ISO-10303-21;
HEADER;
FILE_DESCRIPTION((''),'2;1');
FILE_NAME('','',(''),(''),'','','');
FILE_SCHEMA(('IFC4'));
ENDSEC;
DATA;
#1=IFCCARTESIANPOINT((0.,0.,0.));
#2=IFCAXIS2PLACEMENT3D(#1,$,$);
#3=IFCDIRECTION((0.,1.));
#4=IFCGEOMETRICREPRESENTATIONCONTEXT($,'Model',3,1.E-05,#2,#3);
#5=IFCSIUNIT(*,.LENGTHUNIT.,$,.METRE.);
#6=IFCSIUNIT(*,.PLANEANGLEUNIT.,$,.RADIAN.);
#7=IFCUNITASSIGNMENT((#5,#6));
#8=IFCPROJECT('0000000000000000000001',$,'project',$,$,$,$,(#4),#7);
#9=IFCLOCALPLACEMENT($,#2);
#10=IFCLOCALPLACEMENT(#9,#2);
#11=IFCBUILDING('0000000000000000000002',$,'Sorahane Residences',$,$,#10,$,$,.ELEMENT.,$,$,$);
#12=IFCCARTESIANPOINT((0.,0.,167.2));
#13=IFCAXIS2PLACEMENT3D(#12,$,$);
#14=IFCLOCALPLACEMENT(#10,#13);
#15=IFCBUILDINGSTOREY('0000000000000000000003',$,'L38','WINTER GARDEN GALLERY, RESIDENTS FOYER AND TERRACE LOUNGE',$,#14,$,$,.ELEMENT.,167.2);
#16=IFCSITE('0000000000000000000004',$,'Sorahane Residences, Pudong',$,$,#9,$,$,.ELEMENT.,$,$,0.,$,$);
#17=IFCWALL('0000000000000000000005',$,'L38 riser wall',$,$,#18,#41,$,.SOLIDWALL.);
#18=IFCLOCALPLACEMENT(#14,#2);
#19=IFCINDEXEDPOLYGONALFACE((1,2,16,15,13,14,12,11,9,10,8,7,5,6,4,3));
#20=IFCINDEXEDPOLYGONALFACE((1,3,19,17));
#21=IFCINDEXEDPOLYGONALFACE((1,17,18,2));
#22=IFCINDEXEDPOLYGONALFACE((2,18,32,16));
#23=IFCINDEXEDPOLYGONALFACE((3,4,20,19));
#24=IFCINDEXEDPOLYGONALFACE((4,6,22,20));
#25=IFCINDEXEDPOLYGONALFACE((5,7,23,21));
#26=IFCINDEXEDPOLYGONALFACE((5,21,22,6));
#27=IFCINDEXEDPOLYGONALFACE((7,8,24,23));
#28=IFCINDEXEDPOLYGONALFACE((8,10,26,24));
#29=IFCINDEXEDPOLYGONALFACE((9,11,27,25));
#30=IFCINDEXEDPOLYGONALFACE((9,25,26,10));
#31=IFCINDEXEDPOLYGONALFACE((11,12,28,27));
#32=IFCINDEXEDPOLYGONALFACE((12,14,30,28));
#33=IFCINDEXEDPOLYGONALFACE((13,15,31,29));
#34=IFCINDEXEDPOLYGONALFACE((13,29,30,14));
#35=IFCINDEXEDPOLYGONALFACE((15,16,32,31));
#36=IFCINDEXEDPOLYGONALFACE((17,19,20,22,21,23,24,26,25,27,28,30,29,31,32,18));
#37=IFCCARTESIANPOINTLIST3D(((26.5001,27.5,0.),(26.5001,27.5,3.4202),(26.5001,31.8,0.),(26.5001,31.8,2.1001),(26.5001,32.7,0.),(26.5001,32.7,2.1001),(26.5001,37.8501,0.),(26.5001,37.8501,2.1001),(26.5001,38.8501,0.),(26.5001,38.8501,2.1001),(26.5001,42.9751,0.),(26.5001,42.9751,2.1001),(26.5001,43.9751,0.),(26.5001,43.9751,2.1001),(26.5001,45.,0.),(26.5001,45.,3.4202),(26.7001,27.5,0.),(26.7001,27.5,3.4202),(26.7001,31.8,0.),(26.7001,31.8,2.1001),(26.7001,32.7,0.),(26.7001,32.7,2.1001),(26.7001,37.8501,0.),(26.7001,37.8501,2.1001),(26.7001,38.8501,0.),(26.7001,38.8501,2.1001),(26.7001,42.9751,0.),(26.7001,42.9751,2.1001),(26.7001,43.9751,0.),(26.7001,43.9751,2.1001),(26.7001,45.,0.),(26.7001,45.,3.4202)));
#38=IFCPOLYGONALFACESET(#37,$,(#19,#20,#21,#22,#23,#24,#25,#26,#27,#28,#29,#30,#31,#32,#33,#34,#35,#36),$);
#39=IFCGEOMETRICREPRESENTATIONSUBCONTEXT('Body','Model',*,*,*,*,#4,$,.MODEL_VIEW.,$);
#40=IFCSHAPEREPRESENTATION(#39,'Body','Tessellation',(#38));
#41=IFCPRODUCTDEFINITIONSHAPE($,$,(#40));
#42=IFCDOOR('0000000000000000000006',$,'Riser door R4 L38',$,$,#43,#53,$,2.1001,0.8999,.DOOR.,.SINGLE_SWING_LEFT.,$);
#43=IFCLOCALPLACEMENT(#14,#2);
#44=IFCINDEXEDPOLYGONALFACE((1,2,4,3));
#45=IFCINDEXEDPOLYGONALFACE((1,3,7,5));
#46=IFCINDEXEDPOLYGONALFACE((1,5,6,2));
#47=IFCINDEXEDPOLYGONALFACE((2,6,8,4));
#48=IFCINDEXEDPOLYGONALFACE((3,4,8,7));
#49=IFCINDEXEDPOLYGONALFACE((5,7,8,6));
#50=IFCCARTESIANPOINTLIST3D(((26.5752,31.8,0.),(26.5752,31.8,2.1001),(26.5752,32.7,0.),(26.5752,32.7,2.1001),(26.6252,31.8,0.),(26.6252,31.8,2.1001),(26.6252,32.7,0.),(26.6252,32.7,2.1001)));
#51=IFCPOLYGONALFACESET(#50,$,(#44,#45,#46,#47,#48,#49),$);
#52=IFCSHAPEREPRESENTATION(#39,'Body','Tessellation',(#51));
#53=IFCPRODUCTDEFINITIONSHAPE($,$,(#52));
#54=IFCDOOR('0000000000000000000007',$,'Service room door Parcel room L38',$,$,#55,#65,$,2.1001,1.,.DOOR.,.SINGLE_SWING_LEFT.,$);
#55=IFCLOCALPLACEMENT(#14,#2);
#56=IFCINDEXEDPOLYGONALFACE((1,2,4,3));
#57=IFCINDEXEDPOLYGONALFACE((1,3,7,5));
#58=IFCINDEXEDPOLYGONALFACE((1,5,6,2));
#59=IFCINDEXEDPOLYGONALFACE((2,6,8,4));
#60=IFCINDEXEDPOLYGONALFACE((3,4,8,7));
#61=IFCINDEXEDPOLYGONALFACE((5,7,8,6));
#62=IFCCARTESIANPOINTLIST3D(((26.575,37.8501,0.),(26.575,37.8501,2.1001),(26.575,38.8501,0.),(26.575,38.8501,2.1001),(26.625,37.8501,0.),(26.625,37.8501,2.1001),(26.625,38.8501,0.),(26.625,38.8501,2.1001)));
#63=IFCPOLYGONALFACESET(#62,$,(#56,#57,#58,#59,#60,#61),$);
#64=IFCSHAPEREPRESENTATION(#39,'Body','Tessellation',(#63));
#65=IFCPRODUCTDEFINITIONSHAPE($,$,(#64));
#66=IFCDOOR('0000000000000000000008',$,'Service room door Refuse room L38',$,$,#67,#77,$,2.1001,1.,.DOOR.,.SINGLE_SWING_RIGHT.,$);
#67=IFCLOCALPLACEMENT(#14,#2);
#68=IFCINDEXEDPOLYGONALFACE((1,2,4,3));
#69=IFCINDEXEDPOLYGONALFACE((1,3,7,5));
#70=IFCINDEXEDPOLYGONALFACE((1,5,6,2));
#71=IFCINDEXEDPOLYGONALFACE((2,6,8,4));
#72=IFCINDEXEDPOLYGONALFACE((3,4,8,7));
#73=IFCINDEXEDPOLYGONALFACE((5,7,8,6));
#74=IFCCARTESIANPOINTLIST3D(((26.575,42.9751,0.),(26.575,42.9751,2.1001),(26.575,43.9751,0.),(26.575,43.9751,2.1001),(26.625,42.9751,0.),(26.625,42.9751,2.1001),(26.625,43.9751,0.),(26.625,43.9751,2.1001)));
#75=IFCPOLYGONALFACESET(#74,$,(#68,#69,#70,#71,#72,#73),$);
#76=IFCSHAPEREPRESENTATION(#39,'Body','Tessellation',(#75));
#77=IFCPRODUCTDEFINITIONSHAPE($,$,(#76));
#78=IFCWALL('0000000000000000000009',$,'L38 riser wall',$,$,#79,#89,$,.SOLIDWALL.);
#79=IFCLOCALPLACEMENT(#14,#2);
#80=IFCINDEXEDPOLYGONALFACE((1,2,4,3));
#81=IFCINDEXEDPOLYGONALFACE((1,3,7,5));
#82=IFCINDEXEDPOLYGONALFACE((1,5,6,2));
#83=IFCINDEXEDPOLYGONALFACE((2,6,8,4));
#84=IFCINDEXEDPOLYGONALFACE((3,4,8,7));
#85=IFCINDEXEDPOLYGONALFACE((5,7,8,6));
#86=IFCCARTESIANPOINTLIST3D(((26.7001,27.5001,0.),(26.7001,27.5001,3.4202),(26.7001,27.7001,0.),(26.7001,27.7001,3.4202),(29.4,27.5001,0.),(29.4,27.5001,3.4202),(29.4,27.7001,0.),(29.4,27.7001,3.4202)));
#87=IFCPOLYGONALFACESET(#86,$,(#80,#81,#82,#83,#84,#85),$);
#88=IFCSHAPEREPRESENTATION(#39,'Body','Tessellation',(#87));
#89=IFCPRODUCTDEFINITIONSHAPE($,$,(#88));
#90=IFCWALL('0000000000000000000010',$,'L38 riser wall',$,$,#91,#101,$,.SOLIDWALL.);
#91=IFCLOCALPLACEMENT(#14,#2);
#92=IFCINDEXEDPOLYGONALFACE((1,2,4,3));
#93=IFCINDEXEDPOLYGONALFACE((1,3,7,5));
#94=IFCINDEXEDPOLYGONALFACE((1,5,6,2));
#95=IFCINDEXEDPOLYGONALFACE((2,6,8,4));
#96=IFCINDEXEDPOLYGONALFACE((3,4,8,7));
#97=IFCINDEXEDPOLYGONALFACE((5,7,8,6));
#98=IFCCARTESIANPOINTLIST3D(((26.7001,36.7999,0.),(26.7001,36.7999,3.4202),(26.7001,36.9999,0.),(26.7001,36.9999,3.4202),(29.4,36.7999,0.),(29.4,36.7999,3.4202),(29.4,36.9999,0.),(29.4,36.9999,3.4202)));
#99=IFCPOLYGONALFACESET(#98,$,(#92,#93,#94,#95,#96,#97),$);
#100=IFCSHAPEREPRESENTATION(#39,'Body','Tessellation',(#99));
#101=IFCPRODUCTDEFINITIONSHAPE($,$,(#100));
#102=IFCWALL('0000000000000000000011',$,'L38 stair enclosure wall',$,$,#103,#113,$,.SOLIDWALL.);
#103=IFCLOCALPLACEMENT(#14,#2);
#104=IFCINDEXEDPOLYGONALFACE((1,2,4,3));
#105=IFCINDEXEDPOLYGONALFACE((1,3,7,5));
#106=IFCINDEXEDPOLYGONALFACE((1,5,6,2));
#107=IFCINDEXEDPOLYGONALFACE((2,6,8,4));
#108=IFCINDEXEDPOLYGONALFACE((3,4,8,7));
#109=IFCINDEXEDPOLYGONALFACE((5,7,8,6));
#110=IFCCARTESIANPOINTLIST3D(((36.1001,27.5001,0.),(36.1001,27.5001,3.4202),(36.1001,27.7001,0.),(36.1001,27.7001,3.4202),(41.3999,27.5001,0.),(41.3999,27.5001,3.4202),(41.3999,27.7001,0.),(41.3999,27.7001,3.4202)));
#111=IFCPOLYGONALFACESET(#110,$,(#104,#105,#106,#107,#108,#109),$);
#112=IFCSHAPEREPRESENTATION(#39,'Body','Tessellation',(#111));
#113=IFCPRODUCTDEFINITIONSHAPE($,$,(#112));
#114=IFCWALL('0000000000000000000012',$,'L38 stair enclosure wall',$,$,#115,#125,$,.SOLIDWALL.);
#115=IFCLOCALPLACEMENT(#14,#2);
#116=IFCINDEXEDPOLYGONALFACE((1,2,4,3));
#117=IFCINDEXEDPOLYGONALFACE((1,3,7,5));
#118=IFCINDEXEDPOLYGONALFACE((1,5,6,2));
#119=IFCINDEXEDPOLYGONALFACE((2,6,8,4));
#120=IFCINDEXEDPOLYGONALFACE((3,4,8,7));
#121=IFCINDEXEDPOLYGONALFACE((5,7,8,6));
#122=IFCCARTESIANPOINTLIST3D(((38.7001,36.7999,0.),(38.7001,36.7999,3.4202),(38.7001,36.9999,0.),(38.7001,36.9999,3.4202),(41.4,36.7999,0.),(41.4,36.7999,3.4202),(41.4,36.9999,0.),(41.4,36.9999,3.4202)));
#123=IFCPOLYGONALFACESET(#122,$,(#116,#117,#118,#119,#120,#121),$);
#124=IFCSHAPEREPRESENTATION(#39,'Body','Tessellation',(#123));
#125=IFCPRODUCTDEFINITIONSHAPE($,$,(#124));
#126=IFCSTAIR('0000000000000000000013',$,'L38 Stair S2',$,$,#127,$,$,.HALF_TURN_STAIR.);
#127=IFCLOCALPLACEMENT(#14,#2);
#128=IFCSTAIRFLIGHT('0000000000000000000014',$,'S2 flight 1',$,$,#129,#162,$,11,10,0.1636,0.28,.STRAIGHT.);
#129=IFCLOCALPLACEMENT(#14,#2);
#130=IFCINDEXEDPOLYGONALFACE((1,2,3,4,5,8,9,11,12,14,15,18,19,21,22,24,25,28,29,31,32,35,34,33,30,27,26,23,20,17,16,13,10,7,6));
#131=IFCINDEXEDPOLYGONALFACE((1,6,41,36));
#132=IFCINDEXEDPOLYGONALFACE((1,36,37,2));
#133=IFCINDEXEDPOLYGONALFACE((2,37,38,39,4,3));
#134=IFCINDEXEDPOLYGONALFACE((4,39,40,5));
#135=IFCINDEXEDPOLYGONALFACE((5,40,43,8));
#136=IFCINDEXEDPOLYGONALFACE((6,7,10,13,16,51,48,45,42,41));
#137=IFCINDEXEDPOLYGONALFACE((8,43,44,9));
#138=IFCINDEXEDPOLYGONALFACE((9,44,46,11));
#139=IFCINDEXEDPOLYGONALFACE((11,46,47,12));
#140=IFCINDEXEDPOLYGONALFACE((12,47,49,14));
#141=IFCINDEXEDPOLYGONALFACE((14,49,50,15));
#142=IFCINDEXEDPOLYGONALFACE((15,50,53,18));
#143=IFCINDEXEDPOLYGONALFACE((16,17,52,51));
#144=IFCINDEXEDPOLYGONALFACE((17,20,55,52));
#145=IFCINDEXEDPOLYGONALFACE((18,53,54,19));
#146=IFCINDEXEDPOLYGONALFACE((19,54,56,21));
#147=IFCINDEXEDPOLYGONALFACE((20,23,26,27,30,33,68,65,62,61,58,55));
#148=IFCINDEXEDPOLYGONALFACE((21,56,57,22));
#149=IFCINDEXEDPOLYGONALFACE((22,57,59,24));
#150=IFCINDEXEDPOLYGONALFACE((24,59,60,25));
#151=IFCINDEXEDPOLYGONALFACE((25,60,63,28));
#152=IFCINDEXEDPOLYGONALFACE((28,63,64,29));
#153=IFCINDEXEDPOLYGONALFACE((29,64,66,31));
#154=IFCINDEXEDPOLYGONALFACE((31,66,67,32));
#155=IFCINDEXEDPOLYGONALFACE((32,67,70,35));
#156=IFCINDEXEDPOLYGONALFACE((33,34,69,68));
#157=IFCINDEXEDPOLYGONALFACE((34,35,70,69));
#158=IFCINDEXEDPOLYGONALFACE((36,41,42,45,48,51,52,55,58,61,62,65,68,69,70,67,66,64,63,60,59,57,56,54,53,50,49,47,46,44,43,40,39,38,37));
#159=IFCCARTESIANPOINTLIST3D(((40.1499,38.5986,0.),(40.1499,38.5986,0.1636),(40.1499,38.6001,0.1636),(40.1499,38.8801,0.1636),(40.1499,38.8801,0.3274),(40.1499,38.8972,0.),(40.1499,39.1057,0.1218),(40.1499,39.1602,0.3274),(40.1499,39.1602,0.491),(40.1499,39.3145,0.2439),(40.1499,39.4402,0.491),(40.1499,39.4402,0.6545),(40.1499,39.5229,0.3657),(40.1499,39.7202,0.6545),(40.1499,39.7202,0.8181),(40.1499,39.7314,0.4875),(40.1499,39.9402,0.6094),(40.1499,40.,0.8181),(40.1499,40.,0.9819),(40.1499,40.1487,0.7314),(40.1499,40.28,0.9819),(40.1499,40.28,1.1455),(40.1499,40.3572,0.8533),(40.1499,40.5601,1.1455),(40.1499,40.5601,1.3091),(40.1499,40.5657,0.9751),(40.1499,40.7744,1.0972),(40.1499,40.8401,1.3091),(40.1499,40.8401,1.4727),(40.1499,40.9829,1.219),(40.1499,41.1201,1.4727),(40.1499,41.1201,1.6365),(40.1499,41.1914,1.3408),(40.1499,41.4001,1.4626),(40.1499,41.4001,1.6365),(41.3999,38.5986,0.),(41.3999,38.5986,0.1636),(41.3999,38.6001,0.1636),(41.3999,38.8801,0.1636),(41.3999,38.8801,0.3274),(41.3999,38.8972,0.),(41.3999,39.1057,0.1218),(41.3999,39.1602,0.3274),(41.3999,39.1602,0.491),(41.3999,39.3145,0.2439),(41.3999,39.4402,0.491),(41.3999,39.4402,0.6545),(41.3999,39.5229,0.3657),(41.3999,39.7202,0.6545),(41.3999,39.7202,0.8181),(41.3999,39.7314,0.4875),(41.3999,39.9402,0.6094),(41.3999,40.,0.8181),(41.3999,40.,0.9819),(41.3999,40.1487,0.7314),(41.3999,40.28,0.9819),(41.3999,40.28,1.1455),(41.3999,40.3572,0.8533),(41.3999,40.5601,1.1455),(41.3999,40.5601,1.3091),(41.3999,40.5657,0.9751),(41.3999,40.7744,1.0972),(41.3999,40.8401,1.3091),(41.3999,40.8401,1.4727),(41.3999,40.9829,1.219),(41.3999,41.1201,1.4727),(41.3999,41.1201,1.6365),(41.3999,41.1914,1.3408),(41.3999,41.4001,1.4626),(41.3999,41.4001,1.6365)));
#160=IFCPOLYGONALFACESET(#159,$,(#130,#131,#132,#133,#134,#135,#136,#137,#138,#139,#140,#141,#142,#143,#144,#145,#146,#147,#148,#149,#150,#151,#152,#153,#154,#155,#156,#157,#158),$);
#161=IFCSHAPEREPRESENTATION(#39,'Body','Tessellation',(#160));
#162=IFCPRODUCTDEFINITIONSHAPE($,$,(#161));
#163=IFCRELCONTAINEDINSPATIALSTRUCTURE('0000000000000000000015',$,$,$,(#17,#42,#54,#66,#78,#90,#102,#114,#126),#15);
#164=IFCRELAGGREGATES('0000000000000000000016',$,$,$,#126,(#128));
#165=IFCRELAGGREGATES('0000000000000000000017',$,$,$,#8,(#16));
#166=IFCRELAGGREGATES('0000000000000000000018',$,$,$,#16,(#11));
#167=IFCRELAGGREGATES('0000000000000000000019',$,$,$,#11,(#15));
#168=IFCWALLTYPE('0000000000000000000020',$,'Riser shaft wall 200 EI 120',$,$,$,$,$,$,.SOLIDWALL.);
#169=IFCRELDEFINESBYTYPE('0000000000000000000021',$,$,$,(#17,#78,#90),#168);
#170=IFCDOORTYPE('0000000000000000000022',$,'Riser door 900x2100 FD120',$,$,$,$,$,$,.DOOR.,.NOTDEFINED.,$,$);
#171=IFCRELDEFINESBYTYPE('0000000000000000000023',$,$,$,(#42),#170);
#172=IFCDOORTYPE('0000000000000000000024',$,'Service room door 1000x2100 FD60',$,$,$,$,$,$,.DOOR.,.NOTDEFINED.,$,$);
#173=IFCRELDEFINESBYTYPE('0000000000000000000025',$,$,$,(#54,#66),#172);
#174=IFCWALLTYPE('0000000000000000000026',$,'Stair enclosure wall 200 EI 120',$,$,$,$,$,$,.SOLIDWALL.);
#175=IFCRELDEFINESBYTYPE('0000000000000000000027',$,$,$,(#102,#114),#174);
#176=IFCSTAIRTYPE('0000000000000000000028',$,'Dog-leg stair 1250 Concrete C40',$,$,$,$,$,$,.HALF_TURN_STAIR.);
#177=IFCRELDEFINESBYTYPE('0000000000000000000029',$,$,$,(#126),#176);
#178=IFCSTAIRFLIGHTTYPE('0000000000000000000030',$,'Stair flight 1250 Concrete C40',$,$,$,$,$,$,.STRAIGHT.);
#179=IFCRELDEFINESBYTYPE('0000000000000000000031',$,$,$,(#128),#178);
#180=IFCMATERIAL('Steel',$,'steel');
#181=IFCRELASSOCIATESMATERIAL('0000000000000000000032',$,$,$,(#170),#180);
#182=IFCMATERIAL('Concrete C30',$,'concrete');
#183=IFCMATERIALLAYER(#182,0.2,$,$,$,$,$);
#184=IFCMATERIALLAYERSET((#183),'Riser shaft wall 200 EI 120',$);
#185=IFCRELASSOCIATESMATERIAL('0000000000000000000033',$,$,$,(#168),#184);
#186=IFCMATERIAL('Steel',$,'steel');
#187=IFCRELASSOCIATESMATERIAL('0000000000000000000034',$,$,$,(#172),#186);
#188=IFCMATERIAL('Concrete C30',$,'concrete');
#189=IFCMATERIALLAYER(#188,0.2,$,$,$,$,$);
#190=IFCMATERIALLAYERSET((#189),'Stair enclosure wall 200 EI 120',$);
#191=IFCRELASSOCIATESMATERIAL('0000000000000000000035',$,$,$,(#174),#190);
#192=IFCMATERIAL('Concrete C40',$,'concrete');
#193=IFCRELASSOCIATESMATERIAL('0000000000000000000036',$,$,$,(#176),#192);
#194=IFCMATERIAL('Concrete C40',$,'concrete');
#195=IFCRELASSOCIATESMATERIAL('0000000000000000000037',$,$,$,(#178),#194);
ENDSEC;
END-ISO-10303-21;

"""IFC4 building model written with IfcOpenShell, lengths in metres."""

from ifc_helpers import new_model, si_unit, direction, frame, frame_2d, origin, place, context, subcontext, project, spatial, polyline, rectangle, outline, extrude, material, layer, layer_set, type_object, element, fill, aggregate, save


model = new_model("IFC4")

# Units and contexts
model_context = context("Model", 3, precision=1e-05, world=origin(), true_north=direction((0.0, 1.0)))
body_context = subcontext(model_context, "Body", "Model", "MODEL_VIEW")
ifc_project = project(units=[si_unit("LENGTHUNIT", "METRE"), si_unit("PLANEANGLEUNIT", "RADIAN")], contexts=[model_context])

# Site, building, storey
site_placement = place(None, origin())
site = spatial("IfcSite", under=ifc_project, at=site_placement, Name="Sorahane Residences, Pudong", CompositionType="ELEMENT", RefElevation=0.0)
building_placement = place(site_placement, origin())
building = spatial("IfcBuilding", under=site, at=building_placement, Name="Sorahane Residences", CompositionType="ELEMENT")
storey_placement = place(building_placement, frame((0.0, 0.0, 167.2)))
storey = spatial("IfcBuildingStorey", under=building, at=storey_placement, Name="L38", Description="WINTER GARDEN GALLERY, RESIDENTS FOYER AND TERRACE LOUNGE", CompositionType="ELEMENT", Elevation=167.2)

# Shared definitions
ifc_material_1 = material(Name="Steel", Category="steel")
door_type_1 = type_object("IfcDoorType", Name="Riser door 900x2100 FD120", OperationType="NOTDEFINED", PredefinedType="DOOR", material=ifc_material_1)

# Wall, openings, doors
ifc_material_2 = material(Name="Concrete C30", Category="concrete")
ifc_layer_1 = layer(ifc_material_2, 0.2)
ifc_layer_set_1 = layer_set([ifc_layer_1], Name="Riser shaft wall 200 EI 120")
wall_type_1 = type_object("IfcWallType", Name="Riser shaft wall 200 EI 120", PredefinedType="SOLIDWALL", material=ifc_layer_set_1)
wall_1_placement = place(storey_placement, frame((26.6001, 27.5, 0.0), z_axis=(0.0, 0.0, 1.0), x_axis=(0.0, 1.0, 0.0)))
wall_1 = element("IfcWall", 1, at=wall_1_placement, inside=storey, type_object=wall_type_1, Name="L38 riser wall", PredefinedType="SOLIDWALL", context=body_context, shape_type="SweptSolid", body=[
    extrude(rectangle(XDim=17.5, YDim=0.2, at=frame_2d((8.75, 0.0))), origin(), (0.0, 0.0, 1.0), 3.4202),
])
opening_1_placement = place(wall_1_placement, frame((4.3, 0.0, 0.0)))
opening_1 = element("IfcOpeningElement", 2, at=opening_1_placement, cuts=wall_1, PredefinedType="OPENING", context=body_context, shape_type="SweptSolid", body=[
    extrude(rectangle(XDim=0.8999, YDim=2.1001, at=frame_2d((0.45, 1.05))), frame((0.0, 0.1099, 0.0), z_axis=(0.0, -1.0, 0.0), x_axis=(1.0, 0.0, 0.0)), (0.0, 0.0, 1.0), 0.22),
])
opening_2_placement = place(wall_1_placement, frame((10.3501, 0.0, 0.0)))
opening_2 = element("IfcOpeningElement", 3, at=opening_2_placement, cuts=wall_1, PredefinedType="OPENING", context=body_context, shape_type="SweptSolid", body=[
    extrude(rectangle(XDim=1.0, YDim=2.1001, at=frame_2d((0.5, 1.05))), frame((0.0, 0.1099, 0.0), z_axis=(0.0, -1.0, 0.0), x_axis=(1.0, 0.0, 0.0)), (0.0, 0.0, 1.0), 0.22),
])
opening_3_placement = place(wall_1_placement, frame((15.4751, 0.0, 0.0)))
opening_3 = element("IfcOpeningElement", 4, at=opening_3_placement, cuts=wall_1, PredefinedType="OPENING", context=body_context, shape_type="SweptSolid", body=[
    extrude(rectangle(XDim=1.0, YDim=2.1001, at=frame_2d((0.5, 1.05))), frame((0.0, 0.1099, 0.0), z_axis=(0.0, -1.0, 0.0), x_axis=(1.0, 0.0, 0.0)), (0.0, 0.0, 1.0), 0.22),
])
door_1_placement = place(opening_1_placement, origin())
door_1 = element("IfcDoor", 5, at=door_1_placement, inside=storey, type_object=door_type_1, Name="Riser door R4 L38", OperationType="SINGLE_SWING_LEFT", OverallHeight=2.1001, OverallWidth=0.8999, PredefinedType="DOOR", context=body_context, shape_type="SweptSolid", body=[
    extrude(rectangle(XDim=0.8999, YDim=2.1001, at=frame_2d((0.45, 1.05))), frame((0.0, 0.0249, 0.0), z_axis=(0.0, -1.0, 0.0), x_axis=(1.0, 0.0, 0.0)), (0.0, 0.0, 1.0), 0.05),
])
fill(opening_1, door_1)
ifc_material_3 = material(Name="Steel", Category="steel")
door_type_2 = type_object("IfcDoorType", Name="Service room door 1000x2100 FD60", OperationType="NOTDEFINED", PredefinedType="DOOR", material=ifc_material_3)
door_2_placement = place(opening_2_placement, frame((1.0, 0.0, 0.0), z_axis=(0.0, 0.0, 1.0), x_axis=(-1.0, 0.0, 0.0)))
door_2 = element("IfcDoor", 6, at=door_2_placement, inside=storey, type_object=door_type_2, Name="Service room door Parcel room L38", OperationType="SINGLE_SWING_LEFT", OverallHeight=2.1001, OverallWidth=1.0, PredefinedType="DOOR", context=body_context, shape_type="SweptSolid", body=[
    extrude(rectangle(XDim=1.0, YDim=2.1001, at=frame_2d((0.5, 1.05))), frame((0.0, 0.0249, 0.0), z_axis=(0.0, -1.0, 0.0), x_axis=(1.0, 0.0, 0.0)), (0.0, 0.0, 1.0), 0.05),
])
fill(opening_2, door_2)
door_3_placement = place(opening_3_placement, frame((1.0, 0.0, 0.0), z_axis=(0.0, 0.0, 1.0), x_axis=(-1.0, 0.0, 0.0)))
door_3 = element("IfcDoor", 7, at=door_3_placement, inside=storey, type_object=door_type_2, Name="Service room door Refuse room L38", OperationType="SINGLE_SWING_RIGHT", OverallHeight=2.1001, OverallWidth=1.0, PredefinedType="DOOR", context=body_context, shape_type="SweptSolid", body=[
    extrude(rectangle(XDim=1.0, YDim=2.1001, at=frame_2d((0.5, 1.05))), frame((0.0, 0.0249, 0.0), z_axis=(0.0, -1.0, 0.0), x_axis=(1.0, 0.0, 0.0)), (0.0, 0.0, 1.0), 0.05),
])
fill(opening_3, door_3)

# Walls
for number, where, z_axis, x_axis, name in (
    (8, (26.7, 27.6001, 0.0), (0.0, 0.0, 1.0), (1.0, 0.0, 0.0), "L38 riser wall"),
    (9, (26.7, 36.8999, 0.0), (0.0, 0.0, 1.0), (1.0, 0.0, 0.0), "L38 riser wall"),
):
    element("IfcWall", number, at=place(storey_placement, frame(where, z_axis=z_axis, x_axis=x_axis)), inside=storey, type_object=wall_type_1, Name=name, PredefinedType="SOLIDWALL", context=body_context, shape_type="SweptSolid", body=[
        extrude(rectangle(XDim=2.7, YDim=0.2, at=frame_2d((1.3501, 0.0))), origin(), (0.0, 0.0, 1.0), 3.4202),
    ])
ifc_material_4 = material(Name="Concrete C30", Category="concrete")
ifc_layer_2 = layer(ifc_material_4, 0.2)
ifc_layer_set_2 = layer_set([ifc_layer_2], Name="Stair enclosure wall 200 EI 120")
wall_type_2 = type_object("IfcWallType", Name="Stair enclosure wall 200 EI 120", PredefinedType="SOLIDWALL", material=ifc_layer_set_2)
wall_2_placement = place(storey_placement, frame((36.1001, 27.6001, 0.0), z_axis=(0.0, 0.0, 1.0), x_axis=(1.0, 0.0, 0.0)))
element("IfcWall", 10, at=wall_2_placement, inside=storey, type_object=wall_type_2, Name="L38 stair enclosure wall", PredefinedType="SOLIDWALL", context=body_context, shape_type="SweptSolid", body=[
    extrude(rectangle(XDim=5.2998, YDim=0.2, at=frame_2d((2.6499, 0.0))), origin(), (0.0, 0.0, 1.0), 3.4202),
])
wall_3_placement = place(storey_placement, frame((38.7, 36.8999, 0.0), z_axis=(0.0, 0.0, 1.0), x_axis=(1.0, 0.0, 0.0)))
element("IfcWall", 11, at=wall_3_placement, inside=storey, type_object=wall_type_2, Name="L38 stair enclosure wall", PredefinedType="SOLIDWALL", context=body_context, shape_type="SweptSolid", body=[
    extrude(rectangle(XDim=2.7, YDim=0.2, at=frame_2d((1.3501, 0.0))), origin(), (0.0, 0.0, 1.0), 3.4202),
])

# Stair, stair flight
ifc_material_5 = material(Name="Concrete C40", Category="concrete")
stair_type = type_object("IfcStairType", Name="Dog-leg stair 1250 Concrete C40", PredefinedType="HALF_TURN_STAIR", material=ifc_material_5)
stair_1_placement = place(storey_placement, origin())
stair_1 = element("IfcStair", 12, at=stair_1_placement, inside=storey, type_object=stair_type, Name="L38 Stair S2", PredefinedType="HALF_TURN_STAIR")
ifc_material_6 = material(Name="Concrete C40", Category="concrete")
stair_flight_type = type_object("IfcStairFlightType", Name="Stair flight 1250 Concrete C40", PredefinedType="STRAIGHT", material=ifc_material_6)
stair_flight_1_placement = place(storey_placement, frame((40.7749, 38.6001, 0.0), z_axis=(0.0, 0.0, 1.0), x_axis=(0.0, 1.0, 0.0)))
stair_flight_1 = element("IfcStairFlight", 13, at=stair_flight_1_placement, type_object=stair_flight_type, Name="S2 flight 1", NumberOfRisers=11, NumberOfTreads=10, PredefinedType="STRAIGHT", RiserHeight=0.1636, TreadLength=0.28, context=body_context, shape_type="SweptSolid", body=[
    extrude(outline(polyline([(-0.0015, 0.0), (-0.0015, 0.1636), (0.0, 0.1636), (0.28, 0.1636), (0.28, 0.3274), (0.5601, 0.3274), (0.5601, 0.491), (0.8401, 0.491), (0.8401, 0.6545), (1.1201, 0.6545), (1.1201, 0.8181), (1.3999, 0.8181), (1.3999, 0.9819), (1.6799, 0.9819), (1.6799, 1.1455), (1.96, 1.1455), (1.96, 1.3091), (2.24, 1.3091), (2.24, 1.4727), (2.52, 1.4727), (2.52, 1.6365), (2.8, 1.6365), (2.8, 1.8), (2.8, 1.4626), (2.5913, 1.3408), (2.3828, 1.219), (2.1743, 1.0972), (1.9656, 0.9751), (1.7571, 0.8533), (1.5486, 0.7314), (1.3401, 0.6094), (1.1313, 0.4875), (0.9229, 0.3657), (0.7144, 0.2439), (0.5056, 0.1218), (0.2971, 0.0), (-0.0015, 0.0)])), frame((0.0, 0.625, 0.0), z_axis=(0.0, -1.0, 0.0), x_axis=(1.0, 0.0, 0.0)), (0.0, 0.0, 1.0), 1.25),
])
aggregate(stair_1, [stair_flight_1])

save(model, "model.ifc")
